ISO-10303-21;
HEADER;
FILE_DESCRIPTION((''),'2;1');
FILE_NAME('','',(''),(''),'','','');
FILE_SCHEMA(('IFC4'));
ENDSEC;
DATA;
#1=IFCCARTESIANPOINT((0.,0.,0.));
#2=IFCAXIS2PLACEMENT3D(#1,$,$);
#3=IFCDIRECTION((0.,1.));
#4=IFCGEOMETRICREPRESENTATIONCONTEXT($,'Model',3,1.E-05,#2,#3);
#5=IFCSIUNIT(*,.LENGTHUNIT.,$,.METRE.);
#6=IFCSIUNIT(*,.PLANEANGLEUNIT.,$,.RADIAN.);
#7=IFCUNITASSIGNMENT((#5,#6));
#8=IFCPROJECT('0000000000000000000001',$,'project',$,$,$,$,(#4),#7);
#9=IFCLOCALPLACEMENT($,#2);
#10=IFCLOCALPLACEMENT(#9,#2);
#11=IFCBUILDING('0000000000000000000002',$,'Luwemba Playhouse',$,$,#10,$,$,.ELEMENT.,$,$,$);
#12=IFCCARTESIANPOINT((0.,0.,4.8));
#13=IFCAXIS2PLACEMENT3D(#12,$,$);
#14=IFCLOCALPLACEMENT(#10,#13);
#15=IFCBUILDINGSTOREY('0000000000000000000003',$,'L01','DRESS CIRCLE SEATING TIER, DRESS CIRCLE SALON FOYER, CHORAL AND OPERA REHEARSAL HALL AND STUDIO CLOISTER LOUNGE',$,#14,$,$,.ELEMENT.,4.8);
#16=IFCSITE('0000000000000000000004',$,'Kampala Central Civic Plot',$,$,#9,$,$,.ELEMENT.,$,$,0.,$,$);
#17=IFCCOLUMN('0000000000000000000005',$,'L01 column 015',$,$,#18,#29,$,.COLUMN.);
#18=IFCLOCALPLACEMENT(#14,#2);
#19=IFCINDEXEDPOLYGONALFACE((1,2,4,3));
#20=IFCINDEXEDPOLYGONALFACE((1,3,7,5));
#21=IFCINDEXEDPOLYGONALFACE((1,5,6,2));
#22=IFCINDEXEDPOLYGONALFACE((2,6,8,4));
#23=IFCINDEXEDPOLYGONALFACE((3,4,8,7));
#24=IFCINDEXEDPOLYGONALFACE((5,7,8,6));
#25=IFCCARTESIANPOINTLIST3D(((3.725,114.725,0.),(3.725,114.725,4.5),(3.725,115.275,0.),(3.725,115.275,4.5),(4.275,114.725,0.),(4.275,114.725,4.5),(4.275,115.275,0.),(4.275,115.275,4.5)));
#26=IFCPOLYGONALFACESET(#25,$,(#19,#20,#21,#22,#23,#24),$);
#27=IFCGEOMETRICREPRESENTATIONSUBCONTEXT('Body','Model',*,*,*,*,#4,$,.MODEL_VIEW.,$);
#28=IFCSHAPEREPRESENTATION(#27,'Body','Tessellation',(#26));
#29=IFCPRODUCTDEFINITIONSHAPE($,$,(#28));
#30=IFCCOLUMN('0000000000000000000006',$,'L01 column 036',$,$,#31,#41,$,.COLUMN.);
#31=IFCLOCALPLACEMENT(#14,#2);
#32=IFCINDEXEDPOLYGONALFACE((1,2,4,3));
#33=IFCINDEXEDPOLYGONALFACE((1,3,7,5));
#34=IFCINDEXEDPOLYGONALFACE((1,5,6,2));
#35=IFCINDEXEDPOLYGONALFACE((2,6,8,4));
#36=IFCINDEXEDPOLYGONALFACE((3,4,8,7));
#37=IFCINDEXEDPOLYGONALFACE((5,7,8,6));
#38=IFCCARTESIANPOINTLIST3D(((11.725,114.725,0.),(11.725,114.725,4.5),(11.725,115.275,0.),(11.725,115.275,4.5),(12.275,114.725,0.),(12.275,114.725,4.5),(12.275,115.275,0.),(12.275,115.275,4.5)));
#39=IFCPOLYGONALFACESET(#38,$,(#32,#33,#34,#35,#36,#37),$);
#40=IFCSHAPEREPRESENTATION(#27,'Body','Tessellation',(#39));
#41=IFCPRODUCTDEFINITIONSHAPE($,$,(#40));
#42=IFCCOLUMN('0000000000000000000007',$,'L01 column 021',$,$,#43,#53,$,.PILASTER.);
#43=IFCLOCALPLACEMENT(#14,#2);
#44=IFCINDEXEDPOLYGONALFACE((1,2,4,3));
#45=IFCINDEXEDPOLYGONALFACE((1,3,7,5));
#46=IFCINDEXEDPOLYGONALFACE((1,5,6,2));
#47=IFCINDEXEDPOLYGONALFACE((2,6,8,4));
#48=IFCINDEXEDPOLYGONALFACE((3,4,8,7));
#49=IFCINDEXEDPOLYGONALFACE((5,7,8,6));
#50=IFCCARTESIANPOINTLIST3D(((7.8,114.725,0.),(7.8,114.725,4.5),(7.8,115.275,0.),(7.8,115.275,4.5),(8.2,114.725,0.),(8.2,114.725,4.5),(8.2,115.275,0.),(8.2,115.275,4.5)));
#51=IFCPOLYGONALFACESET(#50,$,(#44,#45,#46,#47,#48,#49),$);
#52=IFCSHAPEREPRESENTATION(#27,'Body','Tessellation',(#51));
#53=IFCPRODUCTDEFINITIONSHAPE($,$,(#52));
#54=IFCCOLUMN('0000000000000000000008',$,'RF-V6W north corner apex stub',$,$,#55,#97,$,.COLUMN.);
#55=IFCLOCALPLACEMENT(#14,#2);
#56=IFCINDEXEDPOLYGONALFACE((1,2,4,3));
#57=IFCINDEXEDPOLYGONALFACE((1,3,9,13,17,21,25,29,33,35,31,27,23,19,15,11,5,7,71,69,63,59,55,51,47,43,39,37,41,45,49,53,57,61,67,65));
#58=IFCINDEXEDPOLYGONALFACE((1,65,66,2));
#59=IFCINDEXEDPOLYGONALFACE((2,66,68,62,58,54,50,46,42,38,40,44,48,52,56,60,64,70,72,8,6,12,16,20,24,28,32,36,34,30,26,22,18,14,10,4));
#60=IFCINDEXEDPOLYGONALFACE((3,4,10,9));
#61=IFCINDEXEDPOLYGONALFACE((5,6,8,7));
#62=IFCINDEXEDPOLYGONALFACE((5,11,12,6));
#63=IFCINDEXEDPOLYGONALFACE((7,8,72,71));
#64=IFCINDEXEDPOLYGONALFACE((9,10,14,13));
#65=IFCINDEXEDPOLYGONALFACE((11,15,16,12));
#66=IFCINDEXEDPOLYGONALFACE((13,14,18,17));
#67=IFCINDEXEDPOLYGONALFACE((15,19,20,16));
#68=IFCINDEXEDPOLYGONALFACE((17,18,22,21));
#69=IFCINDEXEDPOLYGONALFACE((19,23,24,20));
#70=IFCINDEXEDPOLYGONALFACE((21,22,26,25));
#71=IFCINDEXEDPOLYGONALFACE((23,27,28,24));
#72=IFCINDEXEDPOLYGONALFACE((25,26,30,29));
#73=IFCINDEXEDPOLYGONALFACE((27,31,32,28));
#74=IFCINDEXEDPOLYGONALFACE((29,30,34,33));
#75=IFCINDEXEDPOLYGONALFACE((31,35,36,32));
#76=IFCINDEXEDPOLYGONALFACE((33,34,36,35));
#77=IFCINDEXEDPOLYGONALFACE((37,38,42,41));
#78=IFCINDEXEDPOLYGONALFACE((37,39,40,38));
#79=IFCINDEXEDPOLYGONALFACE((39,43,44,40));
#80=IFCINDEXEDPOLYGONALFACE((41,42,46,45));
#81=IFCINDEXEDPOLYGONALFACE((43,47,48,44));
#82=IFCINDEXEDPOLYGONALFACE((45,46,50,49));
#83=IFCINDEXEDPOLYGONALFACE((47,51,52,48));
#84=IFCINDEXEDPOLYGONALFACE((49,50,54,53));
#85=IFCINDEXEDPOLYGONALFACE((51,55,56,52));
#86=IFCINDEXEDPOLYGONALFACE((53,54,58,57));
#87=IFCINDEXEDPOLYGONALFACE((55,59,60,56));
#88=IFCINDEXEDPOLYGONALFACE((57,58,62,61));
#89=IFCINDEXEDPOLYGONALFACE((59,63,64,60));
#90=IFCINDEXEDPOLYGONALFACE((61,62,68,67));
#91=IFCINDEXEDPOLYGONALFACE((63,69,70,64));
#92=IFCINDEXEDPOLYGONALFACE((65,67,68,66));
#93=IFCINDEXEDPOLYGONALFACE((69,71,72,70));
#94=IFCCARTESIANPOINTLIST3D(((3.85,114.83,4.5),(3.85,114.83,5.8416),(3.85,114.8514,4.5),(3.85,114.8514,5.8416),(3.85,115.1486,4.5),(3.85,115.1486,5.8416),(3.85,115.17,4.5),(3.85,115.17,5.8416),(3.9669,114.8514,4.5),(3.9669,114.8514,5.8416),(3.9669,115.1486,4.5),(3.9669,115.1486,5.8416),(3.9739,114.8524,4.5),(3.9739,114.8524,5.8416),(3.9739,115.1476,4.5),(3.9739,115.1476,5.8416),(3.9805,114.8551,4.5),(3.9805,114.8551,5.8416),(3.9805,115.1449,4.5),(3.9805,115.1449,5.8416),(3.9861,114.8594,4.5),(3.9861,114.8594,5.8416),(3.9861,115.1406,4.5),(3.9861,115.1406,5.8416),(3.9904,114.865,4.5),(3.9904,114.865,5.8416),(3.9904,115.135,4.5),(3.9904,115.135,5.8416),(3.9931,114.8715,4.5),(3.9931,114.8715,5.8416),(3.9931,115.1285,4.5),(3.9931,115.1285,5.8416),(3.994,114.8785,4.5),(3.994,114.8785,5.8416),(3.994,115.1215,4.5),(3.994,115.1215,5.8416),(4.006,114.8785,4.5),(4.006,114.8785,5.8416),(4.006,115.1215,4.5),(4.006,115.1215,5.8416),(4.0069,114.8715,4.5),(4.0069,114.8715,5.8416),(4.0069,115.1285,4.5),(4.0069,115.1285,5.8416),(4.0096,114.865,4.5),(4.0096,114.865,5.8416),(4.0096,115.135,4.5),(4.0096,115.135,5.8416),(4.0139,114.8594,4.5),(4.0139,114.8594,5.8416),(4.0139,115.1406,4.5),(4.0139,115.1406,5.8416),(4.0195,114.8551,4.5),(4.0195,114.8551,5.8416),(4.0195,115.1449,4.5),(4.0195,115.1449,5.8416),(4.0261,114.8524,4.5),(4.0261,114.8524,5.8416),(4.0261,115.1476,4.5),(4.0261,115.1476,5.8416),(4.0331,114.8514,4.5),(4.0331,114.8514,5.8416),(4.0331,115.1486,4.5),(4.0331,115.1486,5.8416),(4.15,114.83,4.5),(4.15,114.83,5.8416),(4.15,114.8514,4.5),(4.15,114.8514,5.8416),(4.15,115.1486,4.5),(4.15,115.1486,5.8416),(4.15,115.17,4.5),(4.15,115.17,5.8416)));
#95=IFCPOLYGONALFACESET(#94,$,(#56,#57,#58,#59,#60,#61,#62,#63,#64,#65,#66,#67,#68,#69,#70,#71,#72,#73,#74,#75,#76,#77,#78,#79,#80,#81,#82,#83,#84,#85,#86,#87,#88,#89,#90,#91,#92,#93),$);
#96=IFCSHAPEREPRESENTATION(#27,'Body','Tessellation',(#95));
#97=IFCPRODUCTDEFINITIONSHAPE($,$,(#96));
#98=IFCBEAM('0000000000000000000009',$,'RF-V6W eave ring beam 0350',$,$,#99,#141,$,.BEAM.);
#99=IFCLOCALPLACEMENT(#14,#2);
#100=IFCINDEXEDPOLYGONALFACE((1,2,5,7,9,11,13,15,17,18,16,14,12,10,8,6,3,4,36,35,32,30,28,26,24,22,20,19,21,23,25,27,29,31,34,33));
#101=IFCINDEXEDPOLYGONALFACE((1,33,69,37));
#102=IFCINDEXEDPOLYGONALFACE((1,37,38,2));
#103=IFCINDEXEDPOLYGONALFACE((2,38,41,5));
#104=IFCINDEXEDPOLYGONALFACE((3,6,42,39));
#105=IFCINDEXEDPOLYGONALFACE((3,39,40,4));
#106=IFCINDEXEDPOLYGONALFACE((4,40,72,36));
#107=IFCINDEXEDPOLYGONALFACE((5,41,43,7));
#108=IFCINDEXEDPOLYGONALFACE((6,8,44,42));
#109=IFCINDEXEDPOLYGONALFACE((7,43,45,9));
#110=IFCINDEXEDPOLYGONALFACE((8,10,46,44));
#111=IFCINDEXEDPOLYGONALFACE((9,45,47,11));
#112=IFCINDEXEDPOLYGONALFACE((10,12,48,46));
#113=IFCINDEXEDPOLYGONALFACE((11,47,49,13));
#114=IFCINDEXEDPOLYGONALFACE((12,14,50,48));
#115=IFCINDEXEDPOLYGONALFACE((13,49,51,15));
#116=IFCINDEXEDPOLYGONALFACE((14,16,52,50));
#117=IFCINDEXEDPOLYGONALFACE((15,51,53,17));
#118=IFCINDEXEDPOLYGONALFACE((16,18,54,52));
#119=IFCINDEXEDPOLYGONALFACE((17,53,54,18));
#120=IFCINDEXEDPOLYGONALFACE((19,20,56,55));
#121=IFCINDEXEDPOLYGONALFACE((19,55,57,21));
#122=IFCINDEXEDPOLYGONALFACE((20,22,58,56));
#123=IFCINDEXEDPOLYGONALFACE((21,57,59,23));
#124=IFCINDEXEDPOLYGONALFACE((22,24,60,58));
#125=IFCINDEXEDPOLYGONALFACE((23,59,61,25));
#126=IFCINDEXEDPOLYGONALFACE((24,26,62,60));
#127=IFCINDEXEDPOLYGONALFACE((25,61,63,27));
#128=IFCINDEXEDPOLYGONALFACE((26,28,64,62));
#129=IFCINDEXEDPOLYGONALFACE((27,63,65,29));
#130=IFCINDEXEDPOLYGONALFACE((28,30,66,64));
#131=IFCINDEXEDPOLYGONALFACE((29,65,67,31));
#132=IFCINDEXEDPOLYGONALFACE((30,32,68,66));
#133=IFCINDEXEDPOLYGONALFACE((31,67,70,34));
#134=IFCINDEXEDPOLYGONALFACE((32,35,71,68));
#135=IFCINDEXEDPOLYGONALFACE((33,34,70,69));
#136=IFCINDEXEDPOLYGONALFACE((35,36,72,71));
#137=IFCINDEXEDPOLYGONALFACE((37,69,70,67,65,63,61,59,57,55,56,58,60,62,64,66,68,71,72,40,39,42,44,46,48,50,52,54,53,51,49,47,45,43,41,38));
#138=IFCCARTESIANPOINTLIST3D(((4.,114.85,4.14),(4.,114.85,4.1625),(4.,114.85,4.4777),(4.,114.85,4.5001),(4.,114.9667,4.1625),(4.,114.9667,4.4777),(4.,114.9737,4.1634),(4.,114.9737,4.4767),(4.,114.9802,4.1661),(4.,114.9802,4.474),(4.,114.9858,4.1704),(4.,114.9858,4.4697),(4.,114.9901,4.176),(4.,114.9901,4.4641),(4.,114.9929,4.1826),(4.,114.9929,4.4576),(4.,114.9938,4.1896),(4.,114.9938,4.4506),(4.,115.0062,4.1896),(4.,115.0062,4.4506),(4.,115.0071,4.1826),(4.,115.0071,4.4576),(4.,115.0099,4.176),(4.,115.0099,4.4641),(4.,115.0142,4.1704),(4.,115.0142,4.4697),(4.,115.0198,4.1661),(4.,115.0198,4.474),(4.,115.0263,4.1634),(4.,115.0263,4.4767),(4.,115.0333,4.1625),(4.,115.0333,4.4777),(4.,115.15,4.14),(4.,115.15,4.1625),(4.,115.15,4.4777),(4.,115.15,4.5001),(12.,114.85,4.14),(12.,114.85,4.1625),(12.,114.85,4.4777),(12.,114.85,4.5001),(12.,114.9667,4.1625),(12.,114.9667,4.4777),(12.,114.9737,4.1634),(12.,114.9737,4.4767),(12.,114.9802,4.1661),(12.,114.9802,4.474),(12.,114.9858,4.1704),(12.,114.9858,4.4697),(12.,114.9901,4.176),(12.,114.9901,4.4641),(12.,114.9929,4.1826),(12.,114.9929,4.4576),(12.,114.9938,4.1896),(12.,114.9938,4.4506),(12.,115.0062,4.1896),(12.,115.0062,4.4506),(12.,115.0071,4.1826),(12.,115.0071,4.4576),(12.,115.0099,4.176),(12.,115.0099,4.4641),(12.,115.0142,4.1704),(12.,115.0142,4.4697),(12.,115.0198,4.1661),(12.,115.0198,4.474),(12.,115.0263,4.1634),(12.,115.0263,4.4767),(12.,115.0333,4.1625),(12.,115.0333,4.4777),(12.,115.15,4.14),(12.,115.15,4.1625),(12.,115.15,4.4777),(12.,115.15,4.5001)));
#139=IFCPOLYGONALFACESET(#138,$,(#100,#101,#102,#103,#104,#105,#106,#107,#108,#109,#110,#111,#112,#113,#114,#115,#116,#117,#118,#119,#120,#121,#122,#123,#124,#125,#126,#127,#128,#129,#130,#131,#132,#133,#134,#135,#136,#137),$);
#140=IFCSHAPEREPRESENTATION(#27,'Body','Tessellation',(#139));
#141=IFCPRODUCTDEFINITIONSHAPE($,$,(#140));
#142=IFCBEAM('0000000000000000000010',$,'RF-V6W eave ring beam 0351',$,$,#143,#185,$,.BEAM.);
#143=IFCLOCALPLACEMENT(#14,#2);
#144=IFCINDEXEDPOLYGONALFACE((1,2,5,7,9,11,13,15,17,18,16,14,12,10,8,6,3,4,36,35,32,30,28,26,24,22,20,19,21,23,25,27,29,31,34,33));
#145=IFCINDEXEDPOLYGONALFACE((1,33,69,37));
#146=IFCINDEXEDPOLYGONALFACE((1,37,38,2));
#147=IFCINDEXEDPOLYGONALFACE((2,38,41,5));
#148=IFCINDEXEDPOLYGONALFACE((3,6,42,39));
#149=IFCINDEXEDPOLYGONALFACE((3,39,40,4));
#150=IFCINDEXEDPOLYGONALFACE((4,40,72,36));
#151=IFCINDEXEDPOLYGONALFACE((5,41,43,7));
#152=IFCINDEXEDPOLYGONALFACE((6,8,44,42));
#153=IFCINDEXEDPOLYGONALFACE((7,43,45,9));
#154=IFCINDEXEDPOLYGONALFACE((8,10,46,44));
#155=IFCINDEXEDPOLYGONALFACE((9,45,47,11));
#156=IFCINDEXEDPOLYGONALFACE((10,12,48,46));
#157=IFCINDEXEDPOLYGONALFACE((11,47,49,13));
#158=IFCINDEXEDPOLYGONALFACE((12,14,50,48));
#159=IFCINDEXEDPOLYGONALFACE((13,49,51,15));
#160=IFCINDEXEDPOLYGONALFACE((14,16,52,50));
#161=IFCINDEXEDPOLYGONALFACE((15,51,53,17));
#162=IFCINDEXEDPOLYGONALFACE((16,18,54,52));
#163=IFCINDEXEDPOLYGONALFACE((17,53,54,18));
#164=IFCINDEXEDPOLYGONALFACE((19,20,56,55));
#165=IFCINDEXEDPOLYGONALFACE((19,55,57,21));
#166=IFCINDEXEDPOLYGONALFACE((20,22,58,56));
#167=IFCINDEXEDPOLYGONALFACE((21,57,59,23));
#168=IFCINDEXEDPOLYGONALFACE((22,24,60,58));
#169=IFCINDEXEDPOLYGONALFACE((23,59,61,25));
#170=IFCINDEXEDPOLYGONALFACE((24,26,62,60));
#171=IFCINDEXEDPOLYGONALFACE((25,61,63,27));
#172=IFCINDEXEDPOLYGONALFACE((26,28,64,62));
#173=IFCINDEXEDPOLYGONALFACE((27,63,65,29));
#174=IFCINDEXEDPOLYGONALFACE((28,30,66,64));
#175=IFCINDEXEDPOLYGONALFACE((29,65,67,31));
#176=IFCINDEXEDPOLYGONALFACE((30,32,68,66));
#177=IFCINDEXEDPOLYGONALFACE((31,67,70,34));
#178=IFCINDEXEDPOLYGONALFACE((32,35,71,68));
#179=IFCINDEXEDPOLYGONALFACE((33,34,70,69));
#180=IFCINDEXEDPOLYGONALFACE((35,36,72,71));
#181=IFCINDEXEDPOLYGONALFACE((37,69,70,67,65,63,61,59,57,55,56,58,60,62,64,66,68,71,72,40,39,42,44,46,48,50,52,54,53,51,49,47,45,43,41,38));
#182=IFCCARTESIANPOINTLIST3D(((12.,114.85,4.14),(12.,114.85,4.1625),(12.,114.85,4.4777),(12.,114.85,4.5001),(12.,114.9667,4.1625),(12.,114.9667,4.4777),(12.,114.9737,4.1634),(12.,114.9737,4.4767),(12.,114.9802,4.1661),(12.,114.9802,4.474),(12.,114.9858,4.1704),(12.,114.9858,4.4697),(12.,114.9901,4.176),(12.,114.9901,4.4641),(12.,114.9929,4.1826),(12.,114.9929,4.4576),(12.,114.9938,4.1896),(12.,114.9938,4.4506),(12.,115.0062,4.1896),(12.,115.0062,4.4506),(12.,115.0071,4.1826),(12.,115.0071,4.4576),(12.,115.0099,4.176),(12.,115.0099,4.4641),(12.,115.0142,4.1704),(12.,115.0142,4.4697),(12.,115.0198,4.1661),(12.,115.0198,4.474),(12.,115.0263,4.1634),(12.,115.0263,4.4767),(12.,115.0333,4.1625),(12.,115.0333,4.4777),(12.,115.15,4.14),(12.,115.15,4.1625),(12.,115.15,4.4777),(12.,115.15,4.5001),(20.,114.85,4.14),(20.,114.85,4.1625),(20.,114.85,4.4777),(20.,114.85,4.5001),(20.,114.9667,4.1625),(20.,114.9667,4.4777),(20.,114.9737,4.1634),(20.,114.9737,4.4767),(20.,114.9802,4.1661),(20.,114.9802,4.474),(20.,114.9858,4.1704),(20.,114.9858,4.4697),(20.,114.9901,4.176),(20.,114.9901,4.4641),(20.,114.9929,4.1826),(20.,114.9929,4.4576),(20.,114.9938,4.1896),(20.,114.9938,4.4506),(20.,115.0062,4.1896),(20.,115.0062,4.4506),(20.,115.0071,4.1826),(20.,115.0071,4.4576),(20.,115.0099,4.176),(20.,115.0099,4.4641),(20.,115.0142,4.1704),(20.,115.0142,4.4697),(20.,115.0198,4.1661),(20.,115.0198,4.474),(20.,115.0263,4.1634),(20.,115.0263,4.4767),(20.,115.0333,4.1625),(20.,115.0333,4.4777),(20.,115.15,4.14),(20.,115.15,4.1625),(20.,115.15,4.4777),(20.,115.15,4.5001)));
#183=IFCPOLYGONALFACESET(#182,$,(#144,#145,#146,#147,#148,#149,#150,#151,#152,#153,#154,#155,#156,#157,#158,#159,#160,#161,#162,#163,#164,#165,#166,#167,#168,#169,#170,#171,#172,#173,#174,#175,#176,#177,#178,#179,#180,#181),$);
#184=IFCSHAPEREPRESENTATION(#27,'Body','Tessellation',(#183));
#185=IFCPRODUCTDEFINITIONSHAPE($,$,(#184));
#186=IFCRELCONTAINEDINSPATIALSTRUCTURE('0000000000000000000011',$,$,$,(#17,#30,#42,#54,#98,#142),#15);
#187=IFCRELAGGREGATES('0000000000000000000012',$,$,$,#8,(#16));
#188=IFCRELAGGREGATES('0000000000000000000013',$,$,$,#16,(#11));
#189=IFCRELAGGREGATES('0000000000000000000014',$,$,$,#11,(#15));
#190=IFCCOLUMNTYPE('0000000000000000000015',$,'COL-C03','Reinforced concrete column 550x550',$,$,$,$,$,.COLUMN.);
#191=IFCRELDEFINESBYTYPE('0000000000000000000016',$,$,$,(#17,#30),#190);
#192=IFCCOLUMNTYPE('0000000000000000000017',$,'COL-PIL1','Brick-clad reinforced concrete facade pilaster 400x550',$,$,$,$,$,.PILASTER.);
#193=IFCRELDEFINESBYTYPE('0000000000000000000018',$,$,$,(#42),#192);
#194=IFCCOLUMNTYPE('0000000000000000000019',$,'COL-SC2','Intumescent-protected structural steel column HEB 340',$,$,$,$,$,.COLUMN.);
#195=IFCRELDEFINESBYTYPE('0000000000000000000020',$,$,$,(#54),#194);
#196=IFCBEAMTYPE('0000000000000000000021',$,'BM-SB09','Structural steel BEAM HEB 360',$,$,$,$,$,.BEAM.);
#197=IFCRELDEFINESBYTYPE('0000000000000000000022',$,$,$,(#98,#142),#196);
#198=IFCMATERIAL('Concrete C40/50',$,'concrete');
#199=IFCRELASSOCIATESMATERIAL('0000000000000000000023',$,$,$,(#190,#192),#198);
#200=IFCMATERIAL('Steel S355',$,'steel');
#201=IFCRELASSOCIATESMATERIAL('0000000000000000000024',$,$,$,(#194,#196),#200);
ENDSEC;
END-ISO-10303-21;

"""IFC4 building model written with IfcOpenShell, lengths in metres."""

from ifc_helpers import new_model, si_unit, direction, frame, origin, origin_2d, place, context, subcontext, project, spatial, rectangle, i_section, extrude, material, material_profile, profile_set, type_object, element, save


model = new_model("IFC4")

# Units and contexts
model_context = context("Model", 3, precision=1e-05, world=origin(), true_north=direction((0.0, 1.0)))
body_context = subcontext(model_context, "Body", "Model", "MODEL_VIEW")
ifc_project = project(units=[si_unit("LENGTHUNIT", "METRE"), si_unit("PLANEANGLEUNIT", "RADIAN")], contexts=[model_context])

# Site, building, storey
site_placement = place(None, origin())
site = spatial("IfcSite", under=ifc_project, at=site_placement, Name="Kampala Central Civic Plot", CompositionType="ELEMENT", RefElevation=0.0)
building_placement = place(site_placement, origin())
building = spatial("IfcBuilding", under=site, at=building_placement, Name="Luwemba Playhouse", CompositionType="ELEMENT")
storey_placement = place(building_placement, frame((0.0, 0.0, 4.8)))
storey = spatial("IfcBuildingStorey", under=building, at=storey_placement, Name="L01", Description="DRESS CIRCLE SEATING TIER, DRESS CIRCLE SALON FOYER, CHORAL AND OPERA REHEARSAL HALL AND STUDIO CLOISTER LOUNGE", CompositionType="ELEMENT", Elevation=4.8)

# Columns
ifc_material_1 = material(Name="Concrete C40/50", Category="concrete")
ifc_material_profile_1 = material_profile(ifc_material_1, rectangle(XDim=0.55, YDim=0.55, at=origin_2d()))
ifc_profile_set_1 = profile_set([ifc_material_profile_1], Name="Concrete C40/50")
column_type_1 = type_object("IfcColumnType", Name="COL-C03", Description="Reinforced concrete column 550x550", PredefinedType="COLUMN", material=ifc_profile_set_1)
for number, where, z_axis, x_axis, name in (
    (1, (4.0, 115.0, 0.0), (0.0, 0.0, 1.0), (1.0, 0.0, 0.0), "L01 column 015"),
    (2, (12.0, 115.0, 0.0), (0.0, 0.0, 1.0), (1.0, 0.0, 0.0), "L01 column 036"),
):
    element("IfcColumn", number, at=place(storey_placement, frame(where, z_axis=z_axis, x_axis=x_axis)), inside=storey, type_object=column_type_1, Name=name, PredefinedType="COLUMN", context=body_context, shape_type="SweptSolid", body=[
        extrude(rectangle(XDim=0.55, YDim=0.55, at=origin_2d()), origin(), (0.0, 0.0, 1.0), 4.5),
    ])
ifc_material_profile_2 = material_profile(ifc_material_1, rectangle(XDim=0.3999, YDim=0.55, at=origin_2d()))
ifc_profile_set_2 = profile_set([ifc_material_profile_2], Name="Concrete C40/50")
column_type_2 = type_object("IfcColumnType", Name="COL-PIL1", Description="Brick-clad reinforced concrete facade pilaster 400x550", PredefinedType="PILASTER", material=ifc_profile_set_2)
column_1_placement = place(storey_placement, frame((8.0, 115.0, 0.0), z_axis=(0.0, 0.0, 1.0), x_axis=(1.0, 0.0, 0.0)))
element("IfcColumn", 3, at=column_1_placement, inside=storey, type_object=column_type_2, Name="L01 column 021", PredefinedType="PILASTER", context=body_context, shape_type="SweptSolid", body=[
    extrude(rectangle(XDim=0.3999, YDim=0.55, at=origin_2d()), origin(), (0.0, 0.0, 1.0), 4.5),
])
ifc_material_2 = material(Name="Steel S355", Category="steel")
ifc_material_profile_3 = material_profile(ifc_material_2, i_section(OverallWidth=0.3, OverallDepth=0.3401, WebThickness=0.012, FlangeThickness=0.0215, FilletRadius=0.0271, at=origin_2d()))
ifc_profile_set_3 = profile_set([ifc_material_profile_3], Name="Steel S355")
column_type_3 = type_object("IfcColumnType", Name="COL-SC2", Description="Intumescent-protected structural steel column HEB 340", PredefinedType="COLUMN", material=ifc_profile_set_3)
column_2_placement = place(storey_placement, frame((4.0, 115.0, 4.5), z_axis=(0.0, 0.0, 1.0), x_axis=(1.0, 0.0, 0.0)))
element("IfcColumn", 4, at=column_2_placement, inside=storey, type_object=column_type_3, Name="RF-V6W north corner apex stub", PredefinedType="COLUMN", context=body_context, shape_type="SweptSolid", body=[
    extrude(i_section(OverallWidth=0.3, OverallDepth=0.3401, WebThickness=0.012, FlangeThickness=0.0215, FilletRadius=0.0271, at=origin_2d()), origin(), (0.0, 0.0, 1.0), 1.3416),
])

# Beams
ifc_material_profile_4 = material_profile(ifc_material_2, i_section(OverallWidth=0.3, OverallDepth=0.3601, WebThickness=0.0125, FlangeThickness=0.0225, FilletRadius=0.0271, at=origin_2d()))
ifc_profile_set_4 = profile_set([ifc_material_profile_4], Name="Steel S355")
beam_type_1 = type_object("IfcBeamType", Name="BM-SB09", Description="Structural steel BEAM HEB 360", PredefinedType="BEAM", material=ifc_profile_set_4)
for number, where, z_axis, x_axis, name in (
    (5, (4.0, 115.0, 4.3201), (1.0, 0.0, 0.0), (0.0, 1.0, 0.0), "RF-V6W eave ring beam 0350"),
    (6, (12.0, 115.0, 4.3201), (1.0, 0.0, 0.0), (0.0, 1.0, 0.0), "RF-V6W eave ring beam 0351"),
):
    element("IfcBeam", number, at=place(storey_placement, frame(where, z_axis=z_axis, x_axis=x_axis)), inside=storey, type_object=beam_type_1, Name=name, PredefinedType="BEAM", context=body_context, shape_type="SweptSolid", body=[
        extrude(i_section(OverallWidth=0.3, OverallDepth=0.3601, WebThickness=0.0125, FlangeThickness=0.0225, FilletRadius=0.0271, at=origin_2d()), origin(), (0.0, 0.0, 1.0), 8.0),
    ])

save(model, "model.ifc")
